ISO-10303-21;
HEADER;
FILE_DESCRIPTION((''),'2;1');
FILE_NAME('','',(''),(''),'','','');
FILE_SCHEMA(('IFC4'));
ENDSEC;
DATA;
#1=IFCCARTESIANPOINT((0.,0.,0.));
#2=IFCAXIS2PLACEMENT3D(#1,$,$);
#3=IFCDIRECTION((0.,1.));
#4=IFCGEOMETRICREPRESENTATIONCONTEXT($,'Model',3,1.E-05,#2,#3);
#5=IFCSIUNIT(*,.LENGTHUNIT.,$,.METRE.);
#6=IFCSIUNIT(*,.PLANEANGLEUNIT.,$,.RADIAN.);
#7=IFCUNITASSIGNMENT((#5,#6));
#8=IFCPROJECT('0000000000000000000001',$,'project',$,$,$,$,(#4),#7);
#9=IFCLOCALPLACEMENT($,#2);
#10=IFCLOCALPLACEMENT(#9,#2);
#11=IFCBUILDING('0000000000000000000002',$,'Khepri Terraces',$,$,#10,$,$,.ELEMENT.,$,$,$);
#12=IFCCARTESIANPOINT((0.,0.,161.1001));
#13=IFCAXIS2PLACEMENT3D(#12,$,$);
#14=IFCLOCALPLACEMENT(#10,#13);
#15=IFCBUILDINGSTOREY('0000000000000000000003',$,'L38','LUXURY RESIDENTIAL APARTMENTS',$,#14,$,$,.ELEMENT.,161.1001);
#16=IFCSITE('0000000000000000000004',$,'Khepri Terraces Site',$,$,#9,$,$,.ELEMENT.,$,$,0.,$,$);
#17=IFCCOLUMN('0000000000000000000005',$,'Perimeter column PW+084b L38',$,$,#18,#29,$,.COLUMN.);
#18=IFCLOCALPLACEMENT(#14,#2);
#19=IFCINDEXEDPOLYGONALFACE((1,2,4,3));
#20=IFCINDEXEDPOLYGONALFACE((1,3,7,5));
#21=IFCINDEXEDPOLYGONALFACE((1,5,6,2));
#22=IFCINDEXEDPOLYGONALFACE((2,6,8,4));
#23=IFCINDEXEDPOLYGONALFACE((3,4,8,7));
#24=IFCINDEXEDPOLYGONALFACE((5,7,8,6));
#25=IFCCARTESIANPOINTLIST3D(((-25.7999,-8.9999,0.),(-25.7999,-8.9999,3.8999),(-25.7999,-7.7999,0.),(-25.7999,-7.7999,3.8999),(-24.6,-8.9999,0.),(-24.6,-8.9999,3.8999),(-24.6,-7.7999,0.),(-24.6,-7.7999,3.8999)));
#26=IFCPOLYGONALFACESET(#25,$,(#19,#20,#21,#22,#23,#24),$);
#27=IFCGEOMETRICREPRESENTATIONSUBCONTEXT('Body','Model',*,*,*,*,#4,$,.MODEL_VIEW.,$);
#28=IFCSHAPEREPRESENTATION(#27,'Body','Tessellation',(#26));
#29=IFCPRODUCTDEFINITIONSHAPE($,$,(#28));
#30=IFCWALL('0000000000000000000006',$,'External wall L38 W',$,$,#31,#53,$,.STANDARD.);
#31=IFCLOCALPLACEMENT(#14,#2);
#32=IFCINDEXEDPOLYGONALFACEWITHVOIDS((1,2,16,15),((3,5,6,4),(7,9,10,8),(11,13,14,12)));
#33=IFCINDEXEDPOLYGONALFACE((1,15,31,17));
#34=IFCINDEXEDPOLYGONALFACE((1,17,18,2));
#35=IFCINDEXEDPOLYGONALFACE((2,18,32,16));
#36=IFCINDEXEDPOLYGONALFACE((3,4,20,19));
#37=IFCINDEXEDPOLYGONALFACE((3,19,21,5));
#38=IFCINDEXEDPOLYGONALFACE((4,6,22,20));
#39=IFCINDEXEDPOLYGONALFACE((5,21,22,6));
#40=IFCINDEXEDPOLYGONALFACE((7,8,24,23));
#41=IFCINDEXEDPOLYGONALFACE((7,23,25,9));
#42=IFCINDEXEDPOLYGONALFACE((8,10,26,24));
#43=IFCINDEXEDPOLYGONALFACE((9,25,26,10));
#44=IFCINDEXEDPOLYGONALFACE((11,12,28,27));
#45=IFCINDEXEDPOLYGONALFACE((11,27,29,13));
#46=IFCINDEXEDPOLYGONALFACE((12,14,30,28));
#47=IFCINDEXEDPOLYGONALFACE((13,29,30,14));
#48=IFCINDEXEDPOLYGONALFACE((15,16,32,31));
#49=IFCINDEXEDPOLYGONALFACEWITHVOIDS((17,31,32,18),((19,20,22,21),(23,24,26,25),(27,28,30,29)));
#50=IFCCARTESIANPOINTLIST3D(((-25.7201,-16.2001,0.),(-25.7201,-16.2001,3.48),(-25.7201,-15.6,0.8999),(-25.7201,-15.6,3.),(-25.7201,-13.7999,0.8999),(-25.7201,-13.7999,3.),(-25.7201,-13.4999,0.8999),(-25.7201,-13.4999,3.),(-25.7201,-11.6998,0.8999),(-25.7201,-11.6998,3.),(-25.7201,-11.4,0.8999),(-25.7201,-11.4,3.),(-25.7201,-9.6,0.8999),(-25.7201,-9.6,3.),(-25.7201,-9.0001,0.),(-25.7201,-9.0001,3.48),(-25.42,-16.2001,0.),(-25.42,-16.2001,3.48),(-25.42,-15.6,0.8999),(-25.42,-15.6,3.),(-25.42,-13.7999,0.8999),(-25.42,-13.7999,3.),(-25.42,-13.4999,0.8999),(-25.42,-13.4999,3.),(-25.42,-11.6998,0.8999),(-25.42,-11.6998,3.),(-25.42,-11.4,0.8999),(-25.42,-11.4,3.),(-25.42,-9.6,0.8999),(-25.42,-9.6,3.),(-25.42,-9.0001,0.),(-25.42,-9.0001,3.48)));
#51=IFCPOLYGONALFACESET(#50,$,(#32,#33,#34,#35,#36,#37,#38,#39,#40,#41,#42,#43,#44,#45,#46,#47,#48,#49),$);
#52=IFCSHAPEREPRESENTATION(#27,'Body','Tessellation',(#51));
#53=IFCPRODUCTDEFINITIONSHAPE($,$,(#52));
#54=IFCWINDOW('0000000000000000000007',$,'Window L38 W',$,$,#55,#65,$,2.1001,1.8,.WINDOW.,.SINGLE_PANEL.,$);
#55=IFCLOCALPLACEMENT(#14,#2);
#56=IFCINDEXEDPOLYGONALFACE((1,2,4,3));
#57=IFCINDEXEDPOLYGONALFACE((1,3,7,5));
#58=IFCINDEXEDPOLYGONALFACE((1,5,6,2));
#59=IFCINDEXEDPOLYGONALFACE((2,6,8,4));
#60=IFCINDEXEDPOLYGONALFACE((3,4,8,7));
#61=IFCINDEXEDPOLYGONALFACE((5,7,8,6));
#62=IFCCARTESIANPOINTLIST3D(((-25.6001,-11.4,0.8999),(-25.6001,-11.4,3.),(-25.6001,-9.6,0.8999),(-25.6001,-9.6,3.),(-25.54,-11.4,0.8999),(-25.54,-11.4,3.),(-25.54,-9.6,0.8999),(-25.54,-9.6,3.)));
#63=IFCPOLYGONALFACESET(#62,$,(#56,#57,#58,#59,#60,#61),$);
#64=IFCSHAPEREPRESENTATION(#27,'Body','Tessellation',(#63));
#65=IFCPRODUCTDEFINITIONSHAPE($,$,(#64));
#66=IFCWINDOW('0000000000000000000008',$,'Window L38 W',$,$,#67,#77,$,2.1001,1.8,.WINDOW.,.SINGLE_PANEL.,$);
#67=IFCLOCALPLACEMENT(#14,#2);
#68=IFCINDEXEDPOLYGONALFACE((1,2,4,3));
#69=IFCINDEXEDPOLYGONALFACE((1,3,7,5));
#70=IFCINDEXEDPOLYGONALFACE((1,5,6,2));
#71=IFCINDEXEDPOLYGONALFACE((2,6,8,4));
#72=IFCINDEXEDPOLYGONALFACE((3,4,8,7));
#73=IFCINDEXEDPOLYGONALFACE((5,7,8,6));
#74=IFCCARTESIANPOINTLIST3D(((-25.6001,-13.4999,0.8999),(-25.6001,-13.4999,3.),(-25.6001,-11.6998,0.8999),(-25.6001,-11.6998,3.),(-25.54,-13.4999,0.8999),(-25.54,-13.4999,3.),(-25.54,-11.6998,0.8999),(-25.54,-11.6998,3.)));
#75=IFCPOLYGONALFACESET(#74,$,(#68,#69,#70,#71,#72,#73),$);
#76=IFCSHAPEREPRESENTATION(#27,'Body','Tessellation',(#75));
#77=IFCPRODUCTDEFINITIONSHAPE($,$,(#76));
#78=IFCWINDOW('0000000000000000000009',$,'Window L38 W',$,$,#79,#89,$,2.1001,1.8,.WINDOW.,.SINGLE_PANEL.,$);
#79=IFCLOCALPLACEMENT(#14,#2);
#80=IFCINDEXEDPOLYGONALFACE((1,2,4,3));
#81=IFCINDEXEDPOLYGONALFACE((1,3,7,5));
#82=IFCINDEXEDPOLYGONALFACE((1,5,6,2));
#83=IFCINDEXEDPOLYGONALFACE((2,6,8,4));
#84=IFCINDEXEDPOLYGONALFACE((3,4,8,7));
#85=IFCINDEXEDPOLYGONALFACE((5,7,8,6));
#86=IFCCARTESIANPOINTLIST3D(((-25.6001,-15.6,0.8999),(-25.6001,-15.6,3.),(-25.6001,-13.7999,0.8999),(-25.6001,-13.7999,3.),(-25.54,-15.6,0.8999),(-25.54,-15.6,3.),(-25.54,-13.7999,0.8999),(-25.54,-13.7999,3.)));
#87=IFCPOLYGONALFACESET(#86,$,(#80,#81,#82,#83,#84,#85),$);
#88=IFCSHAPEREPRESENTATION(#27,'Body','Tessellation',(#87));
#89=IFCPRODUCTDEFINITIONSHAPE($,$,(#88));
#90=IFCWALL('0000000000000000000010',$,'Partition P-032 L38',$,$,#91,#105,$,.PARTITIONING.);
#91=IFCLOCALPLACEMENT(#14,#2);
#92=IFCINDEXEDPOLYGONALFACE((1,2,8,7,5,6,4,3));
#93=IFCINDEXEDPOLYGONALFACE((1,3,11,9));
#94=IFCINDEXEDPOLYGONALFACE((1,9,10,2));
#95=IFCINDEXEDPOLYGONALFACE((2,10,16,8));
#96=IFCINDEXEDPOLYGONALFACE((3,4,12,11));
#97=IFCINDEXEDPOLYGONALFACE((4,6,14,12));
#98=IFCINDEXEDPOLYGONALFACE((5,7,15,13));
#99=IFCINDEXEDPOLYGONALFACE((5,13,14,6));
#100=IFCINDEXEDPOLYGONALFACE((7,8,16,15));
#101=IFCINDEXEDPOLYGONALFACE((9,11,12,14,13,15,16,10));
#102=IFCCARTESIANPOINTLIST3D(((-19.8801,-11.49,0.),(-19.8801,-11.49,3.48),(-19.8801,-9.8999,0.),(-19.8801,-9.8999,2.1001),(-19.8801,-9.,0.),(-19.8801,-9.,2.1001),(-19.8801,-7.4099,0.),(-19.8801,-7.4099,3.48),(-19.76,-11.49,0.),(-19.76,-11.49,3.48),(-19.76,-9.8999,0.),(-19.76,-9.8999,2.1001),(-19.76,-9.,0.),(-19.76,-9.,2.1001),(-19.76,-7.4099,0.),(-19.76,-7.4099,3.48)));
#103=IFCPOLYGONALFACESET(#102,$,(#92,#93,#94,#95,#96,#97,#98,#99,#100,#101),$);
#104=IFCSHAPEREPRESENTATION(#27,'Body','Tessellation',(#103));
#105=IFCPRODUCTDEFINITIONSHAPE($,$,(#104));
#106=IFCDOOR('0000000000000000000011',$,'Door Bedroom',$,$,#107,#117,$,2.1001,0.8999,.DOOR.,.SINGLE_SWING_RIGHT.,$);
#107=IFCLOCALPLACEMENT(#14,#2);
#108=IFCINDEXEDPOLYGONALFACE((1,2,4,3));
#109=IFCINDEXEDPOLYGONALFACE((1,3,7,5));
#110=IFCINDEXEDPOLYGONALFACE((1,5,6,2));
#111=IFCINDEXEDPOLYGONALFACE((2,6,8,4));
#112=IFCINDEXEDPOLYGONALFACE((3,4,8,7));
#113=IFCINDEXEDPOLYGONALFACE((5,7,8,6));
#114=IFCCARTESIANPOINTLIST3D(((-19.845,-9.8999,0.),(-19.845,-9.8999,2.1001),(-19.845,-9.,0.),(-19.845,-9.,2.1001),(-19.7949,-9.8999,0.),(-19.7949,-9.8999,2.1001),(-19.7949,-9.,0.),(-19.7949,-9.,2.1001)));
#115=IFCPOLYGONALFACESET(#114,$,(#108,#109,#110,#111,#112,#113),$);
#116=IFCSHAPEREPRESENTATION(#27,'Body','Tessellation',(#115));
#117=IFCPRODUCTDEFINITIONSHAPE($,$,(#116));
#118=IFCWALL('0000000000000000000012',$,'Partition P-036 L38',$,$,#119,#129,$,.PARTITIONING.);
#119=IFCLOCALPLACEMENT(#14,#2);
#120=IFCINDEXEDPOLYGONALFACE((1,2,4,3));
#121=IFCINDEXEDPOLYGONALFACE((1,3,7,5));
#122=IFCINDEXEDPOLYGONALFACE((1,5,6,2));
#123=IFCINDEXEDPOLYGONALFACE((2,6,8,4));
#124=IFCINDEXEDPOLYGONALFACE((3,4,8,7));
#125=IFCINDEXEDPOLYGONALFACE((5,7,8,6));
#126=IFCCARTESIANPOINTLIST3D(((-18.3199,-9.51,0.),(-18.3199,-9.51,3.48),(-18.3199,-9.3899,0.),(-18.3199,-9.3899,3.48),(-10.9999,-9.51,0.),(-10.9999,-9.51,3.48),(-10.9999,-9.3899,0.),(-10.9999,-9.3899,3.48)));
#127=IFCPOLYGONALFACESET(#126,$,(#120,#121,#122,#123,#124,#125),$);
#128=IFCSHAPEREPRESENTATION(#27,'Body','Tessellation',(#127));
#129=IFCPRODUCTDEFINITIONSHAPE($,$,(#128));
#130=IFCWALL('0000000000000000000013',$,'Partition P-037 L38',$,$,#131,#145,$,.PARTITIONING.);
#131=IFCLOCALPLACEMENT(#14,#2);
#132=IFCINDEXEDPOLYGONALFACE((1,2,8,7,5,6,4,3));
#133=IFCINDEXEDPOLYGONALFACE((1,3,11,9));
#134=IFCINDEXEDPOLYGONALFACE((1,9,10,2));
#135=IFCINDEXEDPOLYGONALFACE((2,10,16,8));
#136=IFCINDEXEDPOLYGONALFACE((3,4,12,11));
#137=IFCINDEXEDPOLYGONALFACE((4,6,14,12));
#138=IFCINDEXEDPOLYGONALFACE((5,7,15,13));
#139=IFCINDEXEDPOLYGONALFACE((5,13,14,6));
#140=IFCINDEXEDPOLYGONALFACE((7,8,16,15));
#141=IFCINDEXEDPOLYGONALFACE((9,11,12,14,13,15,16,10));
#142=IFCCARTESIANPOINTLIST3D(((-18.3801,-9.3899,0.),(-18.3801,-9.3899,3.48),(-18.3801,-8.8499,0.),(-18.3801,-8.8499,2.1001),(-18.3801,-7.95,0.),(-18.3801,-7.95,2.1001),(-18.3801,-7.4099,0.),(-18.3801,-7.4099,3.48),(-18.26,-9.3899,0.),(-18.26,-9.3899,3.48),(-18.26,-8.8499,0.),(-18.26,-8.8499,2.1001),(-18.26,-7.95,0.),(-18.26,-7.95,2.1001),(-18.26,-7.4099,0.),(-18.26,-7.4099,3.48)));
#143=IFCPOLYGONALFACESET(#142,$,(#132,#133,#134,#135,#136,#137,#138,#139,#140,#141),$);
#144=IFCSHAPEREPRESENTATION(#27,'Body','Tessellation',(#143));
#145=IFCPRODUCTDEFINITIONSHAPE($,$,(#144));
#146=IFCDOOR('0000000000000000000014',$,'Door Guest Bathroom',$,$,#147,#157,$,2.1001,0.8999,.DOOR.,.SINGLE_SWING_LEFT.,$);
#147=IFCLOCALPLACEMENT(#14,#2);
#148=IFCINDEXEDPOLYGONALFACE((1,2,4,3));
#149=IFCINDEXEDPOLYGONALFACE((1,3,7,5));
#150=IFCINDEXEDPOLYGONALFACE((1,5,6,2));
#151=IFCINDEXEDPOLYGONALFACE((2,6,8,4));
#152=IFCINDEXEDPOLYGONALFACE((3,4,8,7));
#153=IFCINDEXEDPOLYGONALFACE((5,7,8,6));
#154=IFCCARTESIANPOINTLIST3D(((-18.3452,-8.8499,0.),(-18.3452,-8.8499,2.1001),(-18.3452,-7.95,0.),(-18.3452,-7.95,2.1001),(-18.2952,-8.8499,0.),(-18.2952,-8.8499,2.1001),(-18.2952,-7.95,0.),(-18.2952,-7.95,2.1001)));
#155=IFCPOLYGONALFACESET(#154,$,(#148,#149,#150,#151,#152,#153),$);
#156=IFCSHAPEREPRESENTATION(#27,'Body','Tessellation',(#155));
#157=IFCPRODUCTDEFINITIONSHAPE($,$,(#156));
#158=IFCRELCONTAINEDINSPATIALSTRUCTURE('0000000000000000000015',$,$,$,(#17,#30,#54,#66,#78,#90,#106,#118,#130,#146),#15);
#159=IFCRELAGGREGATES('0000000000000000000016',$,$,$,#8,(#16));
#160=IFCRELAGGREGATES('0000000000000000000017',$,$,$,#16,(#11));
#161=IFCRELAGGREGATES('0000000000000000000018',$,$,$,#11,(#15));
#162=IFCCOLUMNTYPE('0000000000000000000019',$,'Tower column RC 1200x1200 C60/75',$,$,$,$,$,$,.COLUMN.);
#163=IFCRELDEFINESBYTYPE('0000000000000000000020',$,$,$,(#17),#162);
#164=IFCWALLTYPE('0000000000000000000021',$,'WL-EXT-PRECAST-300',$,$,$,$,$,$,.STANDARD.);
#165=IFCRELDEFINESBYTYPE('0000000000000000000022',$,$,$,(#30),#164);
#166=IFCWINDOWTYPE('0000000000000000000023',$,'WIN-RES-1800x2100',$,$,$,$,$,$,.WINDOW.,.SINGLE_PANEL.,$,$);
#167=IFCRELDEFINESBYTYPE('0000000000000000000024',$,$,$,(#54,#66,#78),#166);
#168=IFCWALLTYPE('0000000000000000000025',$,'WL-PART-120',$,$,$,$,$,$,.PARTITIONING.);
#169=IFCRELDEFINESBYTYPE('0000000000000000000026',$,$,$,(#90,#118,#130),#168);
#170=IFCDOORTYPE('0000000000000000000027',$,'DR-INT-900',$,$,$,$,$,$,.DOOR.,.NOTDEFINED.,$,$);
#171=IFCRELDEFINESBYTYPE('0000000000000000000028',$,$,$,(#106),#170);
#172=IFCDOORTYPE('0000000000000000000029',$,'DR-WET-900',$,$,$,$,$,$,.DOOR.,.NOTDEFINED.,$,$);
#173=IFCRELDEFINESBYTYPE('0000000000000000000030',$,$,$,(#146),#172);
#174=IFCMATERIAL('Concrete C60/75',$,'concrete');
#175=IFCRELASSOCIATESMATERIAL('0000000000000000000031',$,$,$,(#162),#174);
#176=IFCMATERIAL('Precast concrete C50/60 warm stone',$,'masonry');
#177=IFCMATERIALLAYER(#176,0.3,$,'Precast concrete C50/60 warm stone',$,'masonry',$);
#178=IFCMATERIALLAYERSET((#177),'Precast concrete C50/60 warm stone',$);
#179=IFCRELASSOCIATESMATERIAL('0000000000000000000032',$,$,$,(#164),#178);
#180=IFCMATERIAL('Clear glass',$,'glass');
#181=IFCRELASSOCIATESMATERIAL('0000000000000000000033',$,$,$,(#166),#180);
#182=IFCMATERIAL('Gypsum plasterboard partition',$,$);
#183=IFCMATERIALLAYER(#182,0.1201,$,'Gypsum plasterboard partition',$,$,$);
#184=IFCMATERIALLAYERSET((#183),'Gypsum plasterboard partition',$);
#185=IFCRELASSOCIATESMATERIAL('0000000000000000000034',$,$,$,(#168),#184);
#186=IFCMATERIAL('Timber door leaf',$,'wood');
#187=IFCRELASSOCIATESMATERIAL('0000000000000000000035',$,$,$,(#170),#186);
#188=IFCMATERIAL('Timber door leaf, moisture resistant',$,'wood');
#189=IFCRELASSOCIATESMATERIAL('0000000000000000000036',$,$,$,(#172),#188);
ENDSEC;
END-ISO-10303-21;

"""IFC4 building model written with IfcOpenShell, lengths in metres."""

from ifc_helpers import new_model, si_unit, direction, frame, frame_2d, origin, origin_2d, place, context, subcontext, project, spatial, rectangle, extrude, material, layer, layer_set, material_profile, profile_set, type_object, element, fill, save


model = new_model("IFC4")

# Units and contexts
model_context = context("Model", 3, precision=1e-05, world=origin(), true_north=direction((0.0, 1.0)))
body_context = subcontext(model_context, "Body", "Model", "MODEL_VIEW")
ifc_project = project(units=[si_unit("LENGTHUNIT", "METRE"), si_unit("PLANEANGLEUNIT", "RADIAN")], contexts=[model_context])

# Site, building, storey
site_placement = place(None, origin())
site = spatial("IfcSite", under=ifc_project, at=site_placement, Name="Khepri Terraces Site", CompositionType="ELEMENT", RefElevation=0.0)
building_placement = place(site_placement, origin())
building = spatial("IfcBuilding", under=site, at=building_placement, Name="Khepri Terraces", CompositionType="ELEMENT")
storey_placement = place(building_placement, frame((0.0, 0.0, 161.1001)))
storey = spatial("IfcBuildingStorey", under=building, at=storey_placement, Name="L38", Description="LUXURY RESIDENTIAL APARTMENTS", CompositionType="ELEMENT", Elevation=161.1001)

# Column
ifc_material_1 = material(Name="Concrete C60/75", Category="concrete")
ifc_material_profile = material_profile(ifc_material_1, rectangle(XDim=1.2, YDim=1.2, at=origin_2d()), Name="Concrete C60/75", Category="concrete")
ifc_profile_set = profile_set([ifc_material_profile], Name="Concrete C60/75")
column_type = type_object("IfcColumnType", Name="Tower column RC 1200x1200 C60/75", PredefinedType="COLUMN", material=ifc_profile_set)
column_placement = place(storey_placement, frame((-25.2, -8.3999, 0.0), z_axis=(0.0, 0.0, 1.0), x_axis=(1.0, 0.0, 0.0)))
element("IfcColumn", 1, at=column_placement, inside=storey, type_object=column_type, Name="Perimeter column PW+084b L38", PredefinedType="COLUMN", context=body_context, shape_type="SweptSolid", body=[
    extrude(rectangle(XDim=1.2, YDim=1.2, at=origin_2d()), origin(), (0.0, 0.0, 1.0), 3.8999),
])

# Wall, openings, windows
ifc_material_2 = material(Name="Precast concrete C50/60 warm stone", Category="masonry")
ifc_layer_1 = layer(ifc_material_2, 0.3, Name="Precast concrete C50/60 warm stone", Category="masonry")
ifc_layer_set_1 = layer_set([ifc_layer_1], Name="Precast concrete C50/60 warm stone")
wall_type_1 = type_object("IfcWallType", Name="WL-EXT-PRECAST-300", PredefinedType="STANDARD", material=ifc_layer_set_1)
wall_1_placement = place(storey_placement, frame((-25.5701, -9.0, 0.0), z_axis=(0.0, 0.0, 1.0), x_axis=(0.0, -1.0, 0.0)))
wall_1 = element("IfcWall", 2, at=wall_1_placement, inside=storey, type_object=wall_type_1, Name="External wall L38 W", PredefinedType="STANDARD", context=body_context, shape_type="SweptSolid", body=[
    extrude(rectangle(XDim=7.2, YDim=0.3, at=frame_2d((3.6001, 0.0))), origin(), (0.0, 0.0, 1.0), 3.48),
])
opening_1_placement = place(wall_1_placement, frame((0.6001, 0.0, 0.8999)))
opening_1 = element("IfcOpeningElement", 3, at=opening_1_placement, cuts=wall_1, PredefinedType="OPENING", context=body_context, shape_type="SweptSolid", body=[
    extrude(rectangle(XDim=1.8, YDim=2.1001, at=frame_2d((0.8999, 1.05))), frame((0.0, 0.1602, 0.0), z_axis=(0.0, -1.0, 0.0), x_axis=(1.0, 0.0, 0.0)), (0.0, 0.0, 1.0), 0.3201),
])
opening_2_placement = place(wall_1_placement, frame((2.7, 0.0, 0.8999)))
opening_2 = element("IfcOpeningElement", 4, at=opening_2_placement, cuts=wall_1, PredefinedType="OPENING", context=body_context, shape_type="SweptSolid", body=[
    extrude(rectangle(XDim=1.8, YDim=2.1001, at=frame_2d((0.8999, 1.05))), frame((0.0, 0.1602, 0.0), z_axis=(0.0, -1.0, 0.0), x_axis=(1.0, 0.0, 0.0)), (0.0, 0.0, 1.0), 0.3201),
])
opening_3_placement = place(wall_1_placement, frame((4.8, 0.0, 0.8999)))
opening_3 = element("IfcOpeningElement", 5, at=opening_3_placement, cuts=wall_1, PredefinedType="OPENING", context=body_context, shape_type="SweptSolid", body=[
    extrude(rectangle(XDim=1.8, YDim=2.1001, at=frame_2d((0.8999, 1.05))), frame((0.0, 0.1602, 0.0), z_axis=(0.0, -1.0, 0.0), x_axis=(1.0, 0.0, 0.0)), (0.0, 0.0, 1.0), 0.3201),
])
ifc_material_3 = material(Name="Clear glass", Category="glass")
window_type = type_object("IfcWindowType", Name="WIN-RES-1800x2100", PartitioningType="SINGLE_PANEL", PredefinedType="WINDOW", material=ifc_material_3)
window_1_placement = place(opening_1_placement, origin())
window_1 = element("IfcWindow", 6, at=window_1_placement, inside=storey, type_object=window_type, Name="Window L38 W", OverallHeight=2.1001, OverallWidth=1.8, PartitioningType="SINGLE_PANEL", PredefinedType="WINDOW", context=body_context, shape_type="SweptSolid", body=[
    extrude(rectangle(XDim=1.8, YDim=2.1001, at=frame_2d((0.8999, 1.05))), frame((0.0, 0.03, 0.0), z_axis=(0.0, -1.0, 0.0), x_axis=(1.0, 0.0, 0.0)), (0.0, 0.0, 1.0), 0.0601),
])
fill(opening_1, window_1)
window_2_placement = place(opening_2_placement, origin())
window_2 = element("IfcWindow", 7, at=window_2_placement, inside=storey, type_object=window_type, Name="Window L38 W", OverallHeight=2.1001, OverallWidth=1.8, PartitioningType="SINGLE_PANEL", PredefinedType="WINDOW", context=body_context, shape_type="SweptSolid", body=[
    extrude(rectangle(XDim=1.8, YDim=2.1001, at=frame_2d((0.8999, 1.05))), frame((0.0, 0.03, 0.0), z_axis=(0.0, -1.0, 0.0), x_axis=(1.0, 0.0, 0.0)), (0.0, 0.0, 1.0), 0.0601),
])
fill(opening_2, window_2)
window_3_placement = place(opening_3_placement, origin())
window_3 = element("IfcWindow", 8, at=window_3_placement, inside=storey, type_object=window_type, Name="Window L38 W", OverallHeight=2.1001, OverallWidth=1.8, PartitioningType="SINGLE_PANEL", PredefinedType="WINDOW", context=body_context, shape_type="SweptSolid", body=[
    extrude(rectangle(XDim=1.8, YDim=2.1001, at=frame_2d((0.8999, 1.05))), frame((0.0, 0.03, 0.0), z_axis=(0.0, -1.0, 0.0), x_axis=(1.0, 0.0, 0.0)), (0.0, 0.0, 1.0), 0.0601),
])
fill(opening_3, window_3)

# Wall, opening, door
ifc_material_4 = material(Name="Gypsum plasterboard partition")
ifc_layer_2 = layer(ifc_material_4, 0.1201, Name="Gypsum plasterboard partition")
ifc_layer_set_2 = layer_set([ifc_layer_2], Name="Gypsum plasterboard partition")
wall_type_2 = type_object("IfcWallType", Name="WL-PART-120", PredefinedType="PARTITIONING", material=ifc_layer_set_2)
wall_2_placement = place(storey_placement, frame((-19.8201, -11.49, 0.0), z_axis=(0.0, 0.0, 1.0), x_axis=(0.0, 1.0, 0.0)))
wall_2 = element("IfcWall", 9, at=wall_2_placement, inside=storey, type_object=wall_type_2, Name="Partition P-032 L38", PredefinedType="PARTITIONING", context=body_context, shape_type="SweptSolid", body=[
    extrude(rectangle(XDim=4.0801, YDim=0.1201, at=frame_2d((2.04, 0.0))), origin(), (0.0, 0.0, 1.0), 3.48),
])
opening_4_placement = place(wall_2_placement, frame((1.5901, 0.0, 0.0)))
opening_4 = element("IfcOpeningElement", 10, at=opening_4_placement, cuts=wall_2, PredefinedType="OPENING", context=body_context, shape_type="SweptSolid", body=[
    extrude(rectangle(XDim=0.8999, YDim=2.1001, at=frame_2d((0.45, 1.05))), frame((0.0, 0.0701, 0.0), z_axis=(0.0, -1.0, 0.0), x_axis=(1.0, 0.0, 0.0)), (0.0, 0.0, 1.0), 0.1401),
])
ifc_material_5 = material(Name="Timber door leaf", Category="wood")
door_type_1 = type_object("IfcDoorType", Name="DR-INT-900", OperationType="NOTDEFINED", PredefinedType="DOOR", material=ifc_material_5)
door_1_placement = place(opening_4_placement, origin())
door_1 = element("IfcDoor", 11, at=door_1_placement, inside=storey, type_object=door_type_1, Name="Door Bedroom", OperationType="SINGLE_SWING_RIGHT", OverallHeight=2.1001, OverallWidth=0.8999, PredefinedType="DOOR", context=body_context, shape_type="SweptSolid", body=[
    extrude(rectangle(XDim=0.8999, YDim=2.1001, at=frame_2d((0.45, 1.05))), frame((0.0, 0.0249, 0.0), z_axis=(0.0, -1.0, 0.0), x_axis=(1.0, 0.0, 0.0)), (0.0, 0.0, 1.0), 0.05),
])
fill(opening_4, door_1)

# Wall
wall_3_placement = place(storey_placement, frame((-18.3201, -9.45, 0.0), z_axis=(0.0, 0.0, 1.0), x_axis=(1.0, 0.0, 0.0)))
element("IfcWall", 12, at=wall_3_placement, inside=storey, type_object=wall_type_2, Name="Partition P-036 L38", PredefinedType="PARTITIONING", context=body_context, shape_type="SweptSolid", body=[
    extrude(rectangle(XDim=7.3201, YDim=0.1201, at=frame_2d((3.6602, 0.0))), origin(), (0.0, 0.0, 1.0), 3.48),
])

# Wall, opening, door
wall_4_placement = place(storey_placement, frame((-18.3201, -9.3899, 0.0), z_axis=(0.0, 0.0, 1.0), x_axis=(0.0, 1.0, 0.0)))
wall_4 = element("IfcWall", 13, at=wall_4_placement, inside=storey, type_object=wall_type_2, Name="Partition P-037 L38", PredefinedType="PARTITIONING", context=body_context, shape_type="SweptSolid", body=[
    extrude(rectangle(XDim=1.98, YDim=0.1201, at=frame_2d((0.99, 0.0))), origin(), (0.0, 0.0, 1.0), 3.48),
])
opening_5_placement = place(wall_4_placement, frame((0.54, 0.0, 0.0)))
opening_5 = element("IfcOpeningElement", 14, at=opening_5_placement, cuts=wall_4, PredefinedType="OPENING", context=body_context, shape_type="SweptSolid", body=[
    extrude(rectangle(XDim=0.8999, YDim=2.1001, at=frame_2d((0.45, 1.05))), frame((0.0, 0.0701, 0.0), z_axis=(0.0, -1.0, 0.0), x_axis=(1.0, 0.0, 0.0)), (0.0, 0.0, 1.0), 0.1401),
])
ifc_material_6 = material(Name="Timber door leaf, moisture resistant", Category="wood")
door_type_2 = type_object("IfcDoorType", Name="DR-WET-900", OperationType="NOTDEFINED", PredefinedType="DOOR", material=ifc_material_6)
door_2_placement = place(opening_5_placement, frame((0.8999, 0.0, 0.0), z_axis=(0.0, 0.0, 1.0), x_axis=(-1.0, 0.0, 0.0)))
door_2 = element("IfcDoor", 15, at=door_2_placement, inside=storey, type_object=door_type_2, Name="Door Guest Bathroom", OperationType="SINGLE_SWING_LEFT", OverallHeight=2.1001, OverallWidth=0.8999, PredefinedType="DOOR", context=body_context, shape_type="SweptSolid", body=[
    extrude(rectangle(XDim=0.8999, YDim=2.1001, at=frame_2d((0.45, 1.05))), frame((0.0, 0.0249, 0.0), z_axis=(0.0, -1.0, 0.0), x_axis=(1.0, 0.0, 0.0)), (0.0, 0.0, 1.0), 0.05),
])
fill(opening_5, door_2)

save(model, "model.ifc")
